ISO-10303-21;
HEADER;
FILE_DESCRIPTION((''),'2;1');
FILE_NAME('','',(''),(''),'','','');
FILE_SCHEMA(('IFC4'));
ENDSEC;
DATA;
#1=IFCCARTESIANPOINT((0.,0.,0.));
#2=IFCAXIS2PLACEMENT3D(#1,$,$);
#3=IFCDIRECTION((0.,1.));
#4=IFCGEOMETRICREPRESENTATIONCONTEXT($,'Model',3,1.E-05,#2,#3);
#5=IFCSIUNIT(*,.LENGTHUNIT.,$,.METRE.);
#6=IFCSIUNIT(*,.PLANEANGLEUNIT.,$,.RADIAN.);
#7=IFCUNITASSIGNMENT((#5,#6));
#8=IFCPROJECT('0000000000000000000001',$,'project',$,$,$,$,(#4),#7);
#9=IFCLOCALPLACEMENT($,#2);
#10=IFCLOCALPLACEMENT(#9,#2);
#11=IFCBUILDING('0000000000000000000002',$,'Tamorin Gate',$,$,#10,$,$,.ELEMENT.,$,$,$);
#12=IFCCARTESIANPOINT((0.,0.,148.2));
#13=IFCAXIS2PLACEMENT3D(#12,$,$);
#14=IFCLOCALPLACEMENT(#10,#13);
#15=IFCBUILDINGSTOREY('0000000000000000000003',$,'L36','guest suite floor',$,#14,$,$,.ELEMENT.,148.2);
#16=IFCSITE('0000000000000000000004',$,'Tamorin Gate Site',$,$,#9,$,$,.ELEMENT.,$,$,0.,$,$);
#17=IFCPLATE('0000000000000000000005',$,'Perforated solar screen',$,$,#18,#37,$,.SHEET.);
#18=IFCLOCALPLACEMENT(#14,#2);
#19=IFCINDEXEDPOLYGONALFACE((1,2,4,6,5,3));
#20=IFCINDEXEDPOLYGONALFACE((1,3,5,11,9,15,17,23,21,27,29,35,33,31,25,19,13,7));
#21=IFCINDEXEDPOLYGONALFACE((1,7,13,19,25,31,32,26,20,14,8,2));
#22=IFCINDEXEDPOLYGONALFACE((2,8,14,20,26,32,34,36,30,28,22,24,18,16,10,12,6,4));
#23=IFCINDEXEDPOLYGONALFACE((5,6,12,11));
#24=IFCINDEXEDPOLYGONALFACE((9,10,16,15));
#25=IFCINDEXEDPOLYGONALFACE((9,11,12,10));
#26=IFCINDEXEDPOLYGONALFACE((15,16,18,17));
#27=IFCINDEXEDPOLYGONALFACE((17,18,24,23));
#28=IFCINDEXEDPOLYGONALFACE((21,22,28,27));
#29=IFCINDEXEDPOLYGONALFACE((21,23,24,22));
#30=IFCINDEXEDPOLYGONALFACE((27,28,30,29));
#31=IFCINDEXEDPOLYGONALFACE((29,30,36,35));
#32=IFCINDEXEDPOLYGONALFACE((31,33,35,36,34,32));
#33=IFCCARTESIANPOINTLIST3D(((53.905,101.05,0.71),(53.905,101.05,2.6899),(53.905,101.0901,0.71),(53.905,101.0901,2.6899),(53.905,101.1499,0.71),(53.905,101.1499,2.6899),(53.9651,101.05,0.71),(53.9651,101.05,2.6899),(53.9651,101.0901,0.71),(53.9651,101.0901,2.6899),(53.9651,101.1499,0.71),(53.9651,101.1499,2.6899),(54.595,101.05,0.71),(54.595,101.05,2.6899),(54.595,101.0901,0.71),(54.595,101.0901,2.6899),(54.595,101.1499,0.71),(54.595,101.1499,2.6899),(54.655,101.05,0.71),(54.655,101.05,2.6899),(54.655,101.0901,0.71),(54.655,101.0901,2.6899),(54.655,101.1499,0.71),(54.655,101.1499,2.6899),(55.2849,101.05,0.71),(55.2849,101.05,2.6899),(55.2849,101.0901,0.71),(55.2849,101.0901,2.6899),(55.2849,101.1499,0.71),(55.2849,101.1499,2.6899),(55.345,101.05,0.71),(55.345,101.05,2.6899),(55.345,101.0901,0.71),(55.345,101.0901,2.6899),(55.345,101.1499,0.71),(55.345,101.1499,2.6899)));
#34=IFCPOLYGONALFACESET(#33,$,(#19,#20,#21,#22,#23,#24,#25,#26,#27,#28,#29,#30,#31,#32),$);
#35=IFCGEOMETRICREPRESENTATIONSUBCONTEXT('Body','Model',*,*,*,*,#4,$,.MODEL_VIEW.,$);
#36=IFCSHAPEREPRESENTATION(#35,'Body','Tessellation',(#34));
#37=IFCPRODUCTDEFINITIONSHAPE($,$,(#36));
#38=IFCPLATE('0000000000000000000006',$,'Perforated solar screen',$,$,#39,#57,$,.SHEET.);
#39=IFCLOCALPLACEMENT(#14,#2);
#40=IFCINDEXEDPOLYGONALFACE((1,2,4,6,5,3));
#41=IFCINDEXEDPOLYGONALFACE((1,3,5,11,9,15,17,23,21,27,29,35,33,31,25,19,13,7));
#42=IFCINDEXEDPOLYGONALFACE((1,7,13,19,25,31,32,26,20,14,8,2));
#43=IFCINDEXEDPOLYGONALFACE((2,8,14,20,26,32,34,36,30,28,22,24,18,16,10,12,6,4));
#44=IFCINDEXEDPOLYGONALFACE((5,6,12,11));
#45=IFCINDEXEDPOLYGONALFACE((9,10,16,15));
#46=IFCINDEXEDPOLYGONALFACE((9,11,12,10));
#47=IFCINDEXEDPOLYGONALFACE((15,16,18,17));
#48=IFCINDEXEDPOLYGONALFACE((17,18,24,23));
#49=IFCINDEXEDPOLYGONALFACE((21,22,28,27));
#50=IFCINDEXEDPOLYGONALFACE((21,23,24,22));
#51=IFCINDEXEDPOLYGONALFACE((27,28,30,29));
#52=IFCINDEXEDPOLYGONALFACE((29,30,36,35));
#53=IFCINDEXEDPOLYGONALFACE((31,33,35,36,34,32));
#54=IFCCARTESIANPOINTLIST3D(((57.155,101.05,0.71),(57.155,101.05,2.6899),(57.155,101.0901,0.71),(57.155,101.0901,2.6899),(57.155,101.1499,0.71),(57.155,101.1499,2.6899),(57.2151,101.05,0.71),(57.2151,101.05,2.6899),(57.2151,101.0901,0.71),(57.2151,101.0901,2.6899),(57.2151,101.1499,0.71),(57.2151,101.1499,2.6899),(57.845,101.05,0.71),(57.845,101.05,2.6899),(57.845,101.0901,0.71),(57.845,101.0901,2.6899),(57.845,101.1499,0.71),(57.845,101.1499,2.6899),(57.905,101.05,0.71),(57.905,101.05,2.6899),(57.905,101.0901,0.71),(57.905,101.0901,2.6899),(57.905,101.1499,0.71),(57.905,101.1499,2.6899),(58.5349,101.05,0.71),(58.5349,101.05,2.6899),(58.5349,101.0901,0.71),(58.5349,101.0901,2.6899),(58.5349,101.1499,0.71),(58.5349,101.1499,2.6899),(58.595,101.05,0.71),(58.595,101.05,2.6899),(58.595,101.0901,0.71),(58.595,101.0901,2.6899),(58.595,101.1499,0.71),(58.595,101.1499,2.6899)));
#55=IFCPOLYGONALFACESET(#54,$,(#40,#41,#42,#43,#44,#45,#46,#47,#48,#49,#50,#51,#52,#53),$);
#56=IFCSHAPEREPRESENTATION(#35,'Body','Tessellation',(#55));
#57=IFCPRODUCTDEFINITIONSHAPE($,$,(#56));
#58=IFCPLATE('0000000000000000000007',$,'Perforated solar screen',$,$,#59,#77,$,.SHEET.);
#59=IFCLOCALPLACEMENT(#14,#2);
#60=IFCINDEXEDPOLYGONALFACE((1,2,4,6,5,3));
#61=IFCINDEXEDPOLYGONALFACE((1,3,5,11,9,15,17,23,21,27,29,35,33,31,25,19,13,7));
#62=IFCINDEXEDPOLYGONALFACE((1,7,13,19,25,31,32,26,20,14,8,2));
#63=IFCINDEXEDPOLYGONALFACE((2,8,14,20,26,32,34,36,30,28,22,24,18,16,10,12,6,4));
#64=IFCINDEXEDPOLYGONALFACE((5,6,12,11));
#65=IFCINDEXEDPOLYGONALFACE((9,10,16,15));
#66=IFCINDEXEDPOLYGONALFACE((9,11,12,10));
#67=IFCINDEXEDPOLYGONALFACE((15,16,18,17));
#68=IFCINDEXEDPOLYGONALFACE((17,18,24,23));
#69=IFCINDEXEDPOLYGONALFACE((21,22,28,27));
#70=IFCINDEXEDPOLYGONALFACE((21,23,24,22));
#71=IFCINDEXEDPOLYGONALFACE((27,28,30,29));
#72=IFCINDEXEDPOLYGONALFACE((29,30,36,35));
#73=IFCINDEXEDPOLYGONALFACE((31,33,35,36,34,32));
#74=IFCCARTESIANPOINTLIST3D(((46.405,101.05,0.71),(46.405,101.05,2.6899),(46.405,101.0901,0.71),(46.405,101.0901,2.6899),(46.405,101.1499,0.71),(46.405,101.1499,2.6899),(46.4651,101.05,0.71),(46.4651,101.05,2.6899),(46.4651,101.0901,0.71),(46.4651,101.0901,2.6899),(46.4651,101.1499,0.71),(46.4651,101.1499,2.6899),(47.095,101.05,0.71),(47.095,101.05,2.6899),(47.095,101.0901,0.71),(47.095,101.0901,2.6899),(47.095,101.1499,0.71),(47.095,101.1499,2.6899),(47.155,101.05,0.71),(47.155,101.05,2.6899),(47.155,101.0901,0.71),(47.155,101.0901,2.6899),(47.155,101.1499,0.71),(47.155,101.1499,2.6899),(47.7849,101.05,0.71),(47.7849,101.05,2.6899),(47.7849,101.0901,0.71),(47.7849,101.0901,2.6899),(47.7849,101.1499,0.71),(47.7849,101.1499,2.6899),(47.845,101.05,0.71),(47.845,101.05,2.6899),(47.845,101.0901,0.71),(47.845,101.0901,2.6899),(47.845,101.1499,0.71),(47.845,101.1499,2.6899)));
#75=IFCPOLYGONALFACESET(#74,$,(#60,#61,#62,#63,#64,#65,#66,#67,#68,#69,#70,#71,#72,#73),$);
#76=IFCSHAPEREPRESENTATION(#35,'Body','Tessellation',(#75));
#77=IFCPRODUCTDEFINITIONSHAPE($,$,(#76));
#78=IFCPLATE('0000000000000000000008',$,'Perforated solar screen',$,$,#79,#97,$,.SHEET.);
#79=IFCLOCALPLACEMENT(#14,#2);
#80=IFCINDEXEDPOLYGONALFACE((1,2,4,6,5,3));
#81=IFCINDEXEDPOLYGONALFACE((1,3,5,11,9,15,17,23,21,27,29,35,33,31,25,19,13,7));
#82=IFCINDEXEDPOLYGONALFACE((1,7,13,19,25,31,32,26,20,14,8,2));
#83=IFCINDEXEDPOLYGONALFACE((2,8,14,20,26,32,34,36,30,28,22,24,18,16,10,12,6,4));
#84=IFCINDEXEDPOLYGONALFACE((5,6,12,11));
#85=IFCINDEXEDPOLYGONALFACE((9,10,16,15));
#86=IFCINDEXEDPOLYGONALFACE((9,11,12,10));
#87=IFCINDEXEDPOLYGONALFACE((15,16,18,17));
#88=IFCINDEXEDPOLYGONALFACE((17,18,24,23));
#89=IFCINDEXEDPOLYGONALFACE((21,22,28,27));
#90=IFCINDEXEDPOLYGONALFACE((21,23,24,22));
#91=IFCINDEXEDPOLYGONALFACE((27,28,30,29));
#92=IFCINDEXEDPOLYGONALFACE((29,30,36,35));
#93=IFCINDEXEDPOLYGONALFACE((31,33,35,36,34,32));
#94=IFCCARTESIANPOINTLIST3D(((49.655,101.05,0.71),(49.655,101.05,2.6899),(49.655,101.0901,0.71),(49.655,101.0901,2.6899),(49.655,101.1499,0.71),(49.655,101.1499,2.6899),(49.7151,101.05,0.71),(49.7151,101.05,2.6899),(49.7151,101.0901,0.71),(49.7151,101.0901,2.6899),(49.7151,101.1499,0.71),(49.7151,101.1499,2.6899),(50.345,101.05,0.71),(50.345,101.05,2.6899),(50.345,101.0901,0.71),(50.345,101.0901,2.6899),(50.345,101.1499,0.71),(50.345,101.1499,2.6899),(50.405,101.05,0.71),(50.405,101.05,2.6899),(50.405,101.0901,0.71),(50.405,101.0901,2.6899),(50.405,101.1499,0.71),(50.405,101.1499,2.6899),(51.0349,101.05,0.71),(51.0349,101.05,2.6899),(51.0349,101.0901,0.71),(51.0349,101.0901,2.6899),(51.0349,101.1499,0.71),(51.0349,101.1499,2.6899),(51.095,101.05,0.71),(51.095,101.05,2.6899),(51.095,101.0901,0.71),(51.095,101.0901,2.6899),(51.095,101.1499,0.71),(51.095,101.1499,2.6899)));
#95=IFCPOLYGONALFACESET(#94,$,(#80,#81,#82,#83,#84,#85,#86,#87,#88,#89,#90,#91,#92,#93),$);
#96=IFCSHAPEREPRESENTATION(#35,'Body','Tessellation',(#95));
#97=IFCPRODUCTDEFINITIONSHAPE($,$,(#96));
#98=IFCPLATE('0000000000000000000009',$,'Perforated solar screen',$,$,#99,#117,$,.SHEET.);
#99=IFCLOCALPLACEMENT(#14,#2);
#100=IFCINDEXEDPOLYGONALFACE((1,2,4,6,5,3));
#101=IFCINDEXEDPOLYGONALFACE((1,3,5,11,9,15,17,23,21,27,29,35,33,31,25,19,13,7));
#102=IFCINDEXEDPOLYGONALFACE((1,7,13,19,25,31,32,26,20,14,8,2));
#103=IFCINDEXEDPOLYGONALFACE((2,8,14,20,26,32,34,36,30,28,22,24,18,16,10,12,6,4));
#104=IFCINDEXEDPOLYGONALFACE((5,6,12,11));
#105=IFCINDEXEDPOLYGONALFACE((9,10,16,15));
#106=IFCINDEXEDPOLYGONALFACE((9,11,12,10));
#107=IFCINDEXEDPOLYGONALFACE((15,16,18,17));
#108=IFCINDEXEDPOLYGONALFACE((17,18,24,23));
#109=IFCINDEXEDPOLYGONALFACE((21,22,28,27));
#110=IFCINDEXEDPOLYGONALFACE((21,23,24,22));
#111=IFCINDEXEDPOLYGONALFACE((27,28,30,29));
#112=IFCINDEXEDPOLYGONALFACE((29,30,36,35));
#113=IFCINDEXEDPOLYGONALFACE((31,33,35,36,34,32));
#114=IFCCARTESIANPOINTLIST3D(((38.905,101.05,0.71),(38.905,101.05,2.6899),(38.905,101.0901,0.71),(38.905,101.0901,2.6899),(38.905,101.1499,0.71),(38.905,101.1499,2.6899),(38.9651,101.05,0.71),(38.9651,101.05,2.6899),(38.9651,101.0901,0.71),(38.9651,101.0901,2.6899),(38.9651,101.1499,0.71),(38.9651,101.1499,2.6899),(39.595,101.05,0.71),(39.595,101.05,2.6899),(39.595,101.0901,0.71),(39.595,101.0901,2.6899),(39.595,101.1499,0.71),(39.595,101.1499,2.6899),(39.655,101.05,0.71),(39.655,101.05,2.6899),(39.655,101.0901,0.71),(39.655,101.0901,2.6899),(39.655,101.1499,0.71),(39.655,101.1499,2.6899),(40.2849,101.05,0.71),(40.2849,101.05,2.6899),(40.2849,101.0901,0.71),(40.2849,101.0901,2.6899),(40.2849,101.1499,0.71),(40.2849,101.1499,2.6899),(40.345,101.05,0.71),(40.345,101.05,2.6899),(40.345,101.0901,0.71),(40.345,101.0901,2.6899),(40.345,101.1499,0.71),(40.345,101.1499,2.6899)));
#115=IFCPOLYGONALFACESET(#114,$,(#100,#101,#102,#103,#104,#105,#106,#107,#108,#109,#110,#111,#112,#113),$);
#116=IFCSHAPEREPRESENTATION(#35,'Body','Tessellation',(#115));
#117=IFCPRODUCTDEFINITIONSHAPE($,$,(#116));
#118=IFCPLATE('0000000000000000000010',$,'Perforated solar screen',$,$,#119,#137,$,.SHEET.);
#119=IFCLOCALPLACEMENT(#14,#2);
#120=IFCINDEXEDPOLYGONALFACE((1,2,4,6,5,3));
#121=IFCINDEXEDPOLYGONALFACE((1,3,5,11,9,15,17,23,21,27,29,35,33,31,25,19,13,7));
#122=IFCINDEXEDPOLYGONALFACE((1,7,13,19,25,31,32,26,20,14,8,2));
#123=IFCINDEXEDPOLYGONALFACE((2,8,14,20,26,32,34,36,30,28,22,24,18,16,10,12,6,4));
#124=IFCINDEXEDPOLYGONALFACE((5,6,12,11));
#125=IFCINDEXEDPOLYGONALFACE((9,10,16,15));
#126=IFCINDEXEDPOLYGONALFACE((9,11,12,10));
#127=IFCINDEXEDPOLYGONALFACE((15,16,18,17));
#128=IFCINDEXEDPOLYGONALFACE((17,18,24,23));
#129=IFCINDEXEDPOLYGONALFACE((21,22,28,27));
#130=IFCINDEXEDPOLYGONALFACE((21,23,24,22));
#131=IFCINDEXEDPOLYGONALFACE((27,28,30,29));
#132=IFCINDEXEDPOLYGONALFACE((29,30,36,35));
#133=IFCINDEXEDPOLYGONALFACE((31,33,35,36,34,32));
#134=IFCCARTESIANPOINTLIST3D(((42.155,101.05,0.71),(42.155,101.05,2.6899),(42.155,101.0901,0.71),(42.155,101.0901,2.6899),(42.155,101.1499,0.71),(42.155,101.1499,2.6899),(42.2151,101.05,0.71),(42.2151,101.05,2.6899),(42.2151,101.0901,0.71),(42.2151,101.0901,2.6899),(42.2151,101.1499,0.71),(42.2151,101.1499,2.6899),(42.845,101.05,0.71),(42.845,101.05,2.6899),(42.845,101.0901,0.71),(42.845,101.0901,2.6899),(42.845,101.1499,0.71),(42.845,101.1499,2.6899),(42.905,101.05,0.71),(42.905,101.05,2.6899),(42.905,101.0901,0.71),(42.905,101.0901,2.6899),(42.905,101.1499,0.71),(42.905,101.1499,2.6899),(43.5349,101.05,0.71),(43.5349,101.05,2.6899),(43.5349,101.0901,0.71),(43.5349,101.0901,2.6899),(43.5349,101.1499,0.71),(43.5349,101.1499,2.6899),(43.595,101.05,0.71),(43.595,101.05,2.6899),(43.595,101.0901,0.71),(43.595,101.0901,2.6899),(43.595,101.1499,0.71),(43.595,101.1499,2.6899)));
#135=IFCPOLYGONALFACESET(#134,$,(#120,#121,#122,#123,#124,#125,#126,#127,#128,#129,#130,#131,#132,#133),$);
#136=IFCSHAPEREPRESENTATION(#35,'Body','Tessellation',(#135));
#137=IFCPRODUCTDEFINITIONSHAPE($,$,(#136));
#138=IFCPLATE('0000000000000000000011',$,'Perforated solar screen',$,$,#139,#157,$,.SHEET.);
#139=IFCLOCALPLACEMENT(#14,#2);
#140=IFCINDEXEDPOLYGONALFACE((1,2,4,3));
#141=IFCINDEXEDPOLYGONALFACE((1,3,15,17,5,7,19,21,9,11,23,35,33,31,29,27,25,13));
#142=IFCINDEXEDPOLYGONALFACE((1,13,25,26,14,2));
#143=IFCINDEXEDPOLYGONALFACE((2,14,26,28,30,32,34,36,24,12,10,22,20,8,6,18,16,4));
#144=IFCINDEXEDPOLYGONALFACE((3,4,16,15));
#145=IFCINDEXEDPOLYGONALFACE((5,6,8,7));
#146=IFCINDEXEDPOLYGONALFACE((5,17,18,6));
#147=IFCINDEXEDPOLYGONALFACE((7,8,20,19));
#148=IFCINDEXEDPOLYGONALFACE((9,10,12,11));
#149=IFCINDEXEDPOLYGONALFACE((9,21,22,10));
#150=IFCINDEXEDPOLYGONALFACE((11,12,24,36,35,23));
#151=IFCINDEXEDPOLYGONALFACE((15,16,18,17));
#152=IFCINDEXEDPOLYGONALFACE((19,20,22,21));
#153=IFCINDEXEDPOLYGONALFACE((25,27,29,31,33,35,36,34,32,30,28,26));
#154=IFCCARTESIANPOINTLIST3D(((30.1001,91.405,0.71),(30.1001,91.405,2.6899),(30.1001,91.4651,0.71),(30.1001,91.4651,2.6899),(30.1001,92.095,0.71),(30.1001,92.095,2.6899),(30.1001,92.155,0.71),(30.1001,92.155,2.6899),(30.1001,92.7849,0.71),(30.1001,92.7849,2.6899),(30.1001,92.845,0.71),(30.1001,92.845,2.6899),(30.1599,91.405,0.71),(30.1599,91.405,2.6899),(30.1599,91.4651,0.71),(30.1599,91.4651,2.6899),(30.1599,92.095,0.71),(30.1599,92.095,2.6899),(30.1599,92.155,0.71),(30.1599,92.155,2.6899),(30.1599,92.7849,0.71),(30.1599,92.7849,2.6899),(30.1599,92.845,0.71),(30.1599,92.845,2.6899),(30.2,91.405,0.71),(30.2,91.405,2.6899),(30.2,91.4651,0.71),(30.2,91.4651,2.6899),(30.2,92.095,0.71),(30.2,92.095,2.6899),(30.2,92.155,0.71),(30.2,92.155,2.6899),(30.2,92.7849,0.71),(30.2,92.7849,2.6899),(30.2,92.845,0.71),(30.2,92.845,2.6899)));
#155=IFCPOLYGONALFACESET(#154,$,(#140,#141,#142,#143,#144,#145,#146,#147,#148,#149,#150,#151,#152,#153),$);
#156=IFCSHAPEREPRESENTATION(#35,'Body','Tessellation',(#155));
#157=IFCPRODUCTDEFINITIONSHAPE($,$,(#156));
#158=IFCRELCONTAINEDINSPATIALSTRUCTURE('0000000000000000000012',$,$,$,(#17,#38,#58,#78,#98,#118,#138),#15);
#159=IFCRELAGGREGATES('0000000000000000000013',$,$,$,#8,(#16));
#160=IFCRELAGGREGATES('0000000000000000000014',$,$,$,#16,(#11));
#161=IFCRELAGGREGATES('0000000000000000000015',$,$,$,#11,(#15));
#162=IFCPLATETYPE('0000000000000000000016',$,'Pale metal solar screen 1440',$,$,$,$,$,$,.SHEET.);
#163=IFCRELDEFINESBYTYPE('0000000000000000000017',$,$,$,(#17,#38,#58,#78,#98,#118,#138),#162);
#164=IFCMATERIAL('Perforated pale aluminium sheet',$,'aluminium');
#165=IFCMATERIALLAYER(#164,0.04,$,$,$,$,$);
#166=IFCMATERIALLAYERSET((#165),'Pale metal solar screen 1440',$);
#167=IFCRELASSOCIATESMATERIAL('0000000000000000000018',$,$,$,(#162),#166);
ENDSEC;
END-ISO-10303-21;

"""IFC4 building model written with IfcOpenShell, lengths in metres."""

from ifc_helpers import new_model, si_unit, direction, frame, origin, place, context, subcontext, project, spatial, polyline, outline, extrude, material, layer, layer_set, type_object, element, save


model = new_model("IFC4")

# Units and contexts
model_context = context("Model", 3, precision=1e-05, world=origin(), true_north=direction((0.0, 1.0)))
body_context = subcontext(model_context, "Body", "Model", "MODEL_VIEW")
ifc_project = project(units=[si_unit("LENGTHUNIT", "METRE"), si_unit("PLANEANGLEUNIT", "RADIAN")], contexts=[model_context])

# Site, building, storey
site_placement = place(None, origin())
site = spatial("IfcSite", under=ifc_project, at=site_placement, Name="Tamorin Gate Site", CompositionType="ELEMENT", RefElevation=0.0)
building_placement = place(site_placement, origin())
building = spatial("IfcBuilding", under=site, at=building_placement, Name="Tamorin Gate", CompositionType="ELEMENT")
storey_placement = place(building_placement, frame((0.0, 0.0, 148.2)))
storey = spatial("IfcBuildingStorey", under=building, at=storey_placement, Name="L36", Description="guest suite floor", CompositionType="ELEMENT", Elevation=148.2)

# Plates
ifc_material = material(Name="Perforated pale aluminium sheet", Category="aluminium")
ifc_layer_1 = layer(ifc_material, 0.04)
ifc_layer_set_1 = layer_set([ifc_layer_1], Name="Pale metal solar screen 1440")
plate_type_1 = type_object("IfcPlateType", Name="Pale metal solar screen 1440", PredefinedType="SHEET", material=ifc_layer_set_1)
plate_1_placement = place(storey_placement, frame((0.0, 0.0, 0.71)))
element("IfcPlate", 1, at=plate_1_placement, inside=storey, type_object=plate_type_1, Name="Perforated solar screen", PredefinedType="SHEET", context=body_context, shape_type="SweptSolid", body=[
    extrude(outline(polyline([(55.345, 101.0901), (55.345, 101.05), (55.2849, 101.05), (54.655, 101.05), (54.595, 101.05), (53.9651, 101.05), (53.905, 101.05), (53.905, 101.0901), (53.905, 101.1499), (53.9651, 101.1499), (53.9651, 101.0901), (54.595, 101.0901), (54.595, 101.1499), (54.655, 101.1499), (54.655, 101.0901), (55.2849, 101.0901), (55.2849, 101.1499), (55.345, 101.1499), (55.345, 101.0901)])), origin(), (0.0, 0.0, 1.0), 1.98),
])
plate_2_placement = place(storey_placement, frame((0.0, 0.0, 0.71)))
element("IfcPlate", 2, at=plate_2_placement, inside=storey, type_object=plate_type_1, Name="Perforated solar screen", PredefinedType="SHEET", context=body_context, shape_type="SweptSolid", body=[
    extrude(outline(polyline([(58.595, 101.0901), (58.595, 101.05), (58.5349, 101.05), (57.905, 101.05), (57.845, 101.05), (57.2151, 101.05), (57.155, 101.05), (57.155, 101.0901), (57.155, 101.1499), (57.2151, 101.1499), (57.2151, 101.0901), (57.845, 101.0901), (57.845, 101.1499), (57.905, 101.1499), (57.905, 101.0901), (58.5349, 101.0901), (58.5349, 101.1499), (58.595, 101.1499), (58.595, 101.0901)])), origin(), (0.0, 0.0, 1.0), 1.98),
])
plate_3_placement = place(storey_placement, frame((0.0, 0.0, 0.71)))
element("IfcPlate", 3, at=plate_3_placement, inside=storey, type_object=plate_type_1, Name="Perforated solar screen", PredefinedType="SHEET", context=body_context, shape_type="SweptSolid", body=[
    extrude(outline(polyline([(47.845, 101.0901), (47.845, 101.05), (47.7849, 101.05), (47.155, 101.05), (47.095, 101.05), (46.4651, 101.05), (46.405, 101.05), (46.405, 101.0901), (46.405, 101.1499), (46.4651, 101.1499), (46.4651, 101.0901), (47.095, 101.0901), (47.095, 101.1499), (47.155, 101.1499), (47.155, 101.0901), (47.7849, 101.0901), (47.7849, 101.1499), (47.845, 101.1499), (47.845, 101.0901)])), origin(), (0.0, 0.0, 1.0), 1.98),
])
plate_4_placement = place(storey_placement, frame((0.0, 0.0, 0.71)))
element("IfcPlate", 4, at=plate_4_placement, inside=storey, type_object=plate_type_1, Name="Perforated solar screen", PredefinedType="SHEET", context=body_context, shape_type="SweptSolid", body=[
    extrude(outline(polyline([(51.095, 101.0901), (51.095, 101.05), (51.0349, 101.05), (50.405, 101.05), (50.345, 101.05), (49.7151, 101.05), (49.655, 101.05), (49.655, 101.0901), (49.655, 101.1499), (49.7151, 101.1499), (49.7151, 101.0901), (50.345, 101.0901), (50.345, 101.1499), (50.405, 101.1499), (50.405, 101.0901), (51.0349, 101.0901), (51.0349, 101.1499), (51.095, 101.1499), (51.095, 101.0901)])), origin(), (0.0, 0.0, 1.0), 1.98),
])
plate_5_placement = place(storey_placement, frame((0.0, 0.0, 0.71)))
element("IfcPlate", 5, at=plate_5_placement, inside=storey, type_object=plate_type_1, Name="Perforated solar screen", PredefinedType="SHEET", context=body_context, shape_type="SweptSolid", body=[
    extrude(outline(polyline([(40.345, 101.0901), (40.345, 101.05), (40.2849, 101.05), (39.655, 101.05), (39.595, 101.05), (38.9651, 101.05), (38.905, 101.05), (38.905, 101.0901), (38.905, 101.1499), (38.9651, 101.1499), (38.9651, 101.0901), (39.595, 101.0901), (39.595, 101.1499), (39.655, 101.1499), (39.655, 101.0901), (40.2849, 101.0901), (40.2849, 101.1499), (40.345, 101.1499), (40.345, 101.0901)])), origin(), (0.0, 0.0, 1.0), 1.98),
])
plate_6_placement = place(storey_placement, frame((0.0, 0.0, 0.71)))
element("IfcPlate", 6, at=plate_6_placement, inside=storey, type_object=plate_type_1, Name="Perforated solar screen", PredefinedType="SHEET", context=body_context, shape_type="SweptSolid", body=[
    extrude(outline(polyline([(43.595, 101.0901), (43.595, 101.05), (43.5349, 101.05), (42.905, 101.05), (42.845, 101.05), (42.2151, 101.05), (42.155, 101.05), (42.155, 101.0901), (42.155, 101.1499), (42.2151, 101.1499), (42.2151, 101.0901), (42.845, 101.0901), (42.845, 101.1499), (42.905, 101.1499), (42.905, 101.0901), (43.5349, 101.0901), (43.5349, 101.1499), (43.595, 101.1499), (43.595, 101.0901)])), origin(), (0.0, 0.0, 1.0), 1.98),
])
plate_7_placement = place(storey_placement, frame((0.0, 0.0, 0.71)))
element("IfcPlate", 7, at=plate_7_placement, inside=storey, type_object=plate_type_1, Name="Perforated solar screen", PredefinedType="SHEET", context=body_context, shape_type="SweptSolid", body=[
    extrude(outline(polyline([(30.1599, 92.845), (30.2, 92.845), (30.2, 92.7849), (30.2, 92.155), (30.2, 92.095), (30.2, 91.4651), (30.2, 91.405), (30.2, 91.405), (30.1599, 91.405), (30.1599, 91.405), (30.1001, 91.405), (30.1001, 91.4651), (30.1599, 91.4651), (30.1599, 92.095), (30.1001, 92.095), (30.1001, 92.155), (30.1599, 92.155), (30.1599, 92.7849), (30.1001, 92.7849), (30.1001, 92.845), (30.1599, 92.845)])), origin(), (0.0, 0.0, 1.0), 1.98),
])

save(model, "model.ifc")
